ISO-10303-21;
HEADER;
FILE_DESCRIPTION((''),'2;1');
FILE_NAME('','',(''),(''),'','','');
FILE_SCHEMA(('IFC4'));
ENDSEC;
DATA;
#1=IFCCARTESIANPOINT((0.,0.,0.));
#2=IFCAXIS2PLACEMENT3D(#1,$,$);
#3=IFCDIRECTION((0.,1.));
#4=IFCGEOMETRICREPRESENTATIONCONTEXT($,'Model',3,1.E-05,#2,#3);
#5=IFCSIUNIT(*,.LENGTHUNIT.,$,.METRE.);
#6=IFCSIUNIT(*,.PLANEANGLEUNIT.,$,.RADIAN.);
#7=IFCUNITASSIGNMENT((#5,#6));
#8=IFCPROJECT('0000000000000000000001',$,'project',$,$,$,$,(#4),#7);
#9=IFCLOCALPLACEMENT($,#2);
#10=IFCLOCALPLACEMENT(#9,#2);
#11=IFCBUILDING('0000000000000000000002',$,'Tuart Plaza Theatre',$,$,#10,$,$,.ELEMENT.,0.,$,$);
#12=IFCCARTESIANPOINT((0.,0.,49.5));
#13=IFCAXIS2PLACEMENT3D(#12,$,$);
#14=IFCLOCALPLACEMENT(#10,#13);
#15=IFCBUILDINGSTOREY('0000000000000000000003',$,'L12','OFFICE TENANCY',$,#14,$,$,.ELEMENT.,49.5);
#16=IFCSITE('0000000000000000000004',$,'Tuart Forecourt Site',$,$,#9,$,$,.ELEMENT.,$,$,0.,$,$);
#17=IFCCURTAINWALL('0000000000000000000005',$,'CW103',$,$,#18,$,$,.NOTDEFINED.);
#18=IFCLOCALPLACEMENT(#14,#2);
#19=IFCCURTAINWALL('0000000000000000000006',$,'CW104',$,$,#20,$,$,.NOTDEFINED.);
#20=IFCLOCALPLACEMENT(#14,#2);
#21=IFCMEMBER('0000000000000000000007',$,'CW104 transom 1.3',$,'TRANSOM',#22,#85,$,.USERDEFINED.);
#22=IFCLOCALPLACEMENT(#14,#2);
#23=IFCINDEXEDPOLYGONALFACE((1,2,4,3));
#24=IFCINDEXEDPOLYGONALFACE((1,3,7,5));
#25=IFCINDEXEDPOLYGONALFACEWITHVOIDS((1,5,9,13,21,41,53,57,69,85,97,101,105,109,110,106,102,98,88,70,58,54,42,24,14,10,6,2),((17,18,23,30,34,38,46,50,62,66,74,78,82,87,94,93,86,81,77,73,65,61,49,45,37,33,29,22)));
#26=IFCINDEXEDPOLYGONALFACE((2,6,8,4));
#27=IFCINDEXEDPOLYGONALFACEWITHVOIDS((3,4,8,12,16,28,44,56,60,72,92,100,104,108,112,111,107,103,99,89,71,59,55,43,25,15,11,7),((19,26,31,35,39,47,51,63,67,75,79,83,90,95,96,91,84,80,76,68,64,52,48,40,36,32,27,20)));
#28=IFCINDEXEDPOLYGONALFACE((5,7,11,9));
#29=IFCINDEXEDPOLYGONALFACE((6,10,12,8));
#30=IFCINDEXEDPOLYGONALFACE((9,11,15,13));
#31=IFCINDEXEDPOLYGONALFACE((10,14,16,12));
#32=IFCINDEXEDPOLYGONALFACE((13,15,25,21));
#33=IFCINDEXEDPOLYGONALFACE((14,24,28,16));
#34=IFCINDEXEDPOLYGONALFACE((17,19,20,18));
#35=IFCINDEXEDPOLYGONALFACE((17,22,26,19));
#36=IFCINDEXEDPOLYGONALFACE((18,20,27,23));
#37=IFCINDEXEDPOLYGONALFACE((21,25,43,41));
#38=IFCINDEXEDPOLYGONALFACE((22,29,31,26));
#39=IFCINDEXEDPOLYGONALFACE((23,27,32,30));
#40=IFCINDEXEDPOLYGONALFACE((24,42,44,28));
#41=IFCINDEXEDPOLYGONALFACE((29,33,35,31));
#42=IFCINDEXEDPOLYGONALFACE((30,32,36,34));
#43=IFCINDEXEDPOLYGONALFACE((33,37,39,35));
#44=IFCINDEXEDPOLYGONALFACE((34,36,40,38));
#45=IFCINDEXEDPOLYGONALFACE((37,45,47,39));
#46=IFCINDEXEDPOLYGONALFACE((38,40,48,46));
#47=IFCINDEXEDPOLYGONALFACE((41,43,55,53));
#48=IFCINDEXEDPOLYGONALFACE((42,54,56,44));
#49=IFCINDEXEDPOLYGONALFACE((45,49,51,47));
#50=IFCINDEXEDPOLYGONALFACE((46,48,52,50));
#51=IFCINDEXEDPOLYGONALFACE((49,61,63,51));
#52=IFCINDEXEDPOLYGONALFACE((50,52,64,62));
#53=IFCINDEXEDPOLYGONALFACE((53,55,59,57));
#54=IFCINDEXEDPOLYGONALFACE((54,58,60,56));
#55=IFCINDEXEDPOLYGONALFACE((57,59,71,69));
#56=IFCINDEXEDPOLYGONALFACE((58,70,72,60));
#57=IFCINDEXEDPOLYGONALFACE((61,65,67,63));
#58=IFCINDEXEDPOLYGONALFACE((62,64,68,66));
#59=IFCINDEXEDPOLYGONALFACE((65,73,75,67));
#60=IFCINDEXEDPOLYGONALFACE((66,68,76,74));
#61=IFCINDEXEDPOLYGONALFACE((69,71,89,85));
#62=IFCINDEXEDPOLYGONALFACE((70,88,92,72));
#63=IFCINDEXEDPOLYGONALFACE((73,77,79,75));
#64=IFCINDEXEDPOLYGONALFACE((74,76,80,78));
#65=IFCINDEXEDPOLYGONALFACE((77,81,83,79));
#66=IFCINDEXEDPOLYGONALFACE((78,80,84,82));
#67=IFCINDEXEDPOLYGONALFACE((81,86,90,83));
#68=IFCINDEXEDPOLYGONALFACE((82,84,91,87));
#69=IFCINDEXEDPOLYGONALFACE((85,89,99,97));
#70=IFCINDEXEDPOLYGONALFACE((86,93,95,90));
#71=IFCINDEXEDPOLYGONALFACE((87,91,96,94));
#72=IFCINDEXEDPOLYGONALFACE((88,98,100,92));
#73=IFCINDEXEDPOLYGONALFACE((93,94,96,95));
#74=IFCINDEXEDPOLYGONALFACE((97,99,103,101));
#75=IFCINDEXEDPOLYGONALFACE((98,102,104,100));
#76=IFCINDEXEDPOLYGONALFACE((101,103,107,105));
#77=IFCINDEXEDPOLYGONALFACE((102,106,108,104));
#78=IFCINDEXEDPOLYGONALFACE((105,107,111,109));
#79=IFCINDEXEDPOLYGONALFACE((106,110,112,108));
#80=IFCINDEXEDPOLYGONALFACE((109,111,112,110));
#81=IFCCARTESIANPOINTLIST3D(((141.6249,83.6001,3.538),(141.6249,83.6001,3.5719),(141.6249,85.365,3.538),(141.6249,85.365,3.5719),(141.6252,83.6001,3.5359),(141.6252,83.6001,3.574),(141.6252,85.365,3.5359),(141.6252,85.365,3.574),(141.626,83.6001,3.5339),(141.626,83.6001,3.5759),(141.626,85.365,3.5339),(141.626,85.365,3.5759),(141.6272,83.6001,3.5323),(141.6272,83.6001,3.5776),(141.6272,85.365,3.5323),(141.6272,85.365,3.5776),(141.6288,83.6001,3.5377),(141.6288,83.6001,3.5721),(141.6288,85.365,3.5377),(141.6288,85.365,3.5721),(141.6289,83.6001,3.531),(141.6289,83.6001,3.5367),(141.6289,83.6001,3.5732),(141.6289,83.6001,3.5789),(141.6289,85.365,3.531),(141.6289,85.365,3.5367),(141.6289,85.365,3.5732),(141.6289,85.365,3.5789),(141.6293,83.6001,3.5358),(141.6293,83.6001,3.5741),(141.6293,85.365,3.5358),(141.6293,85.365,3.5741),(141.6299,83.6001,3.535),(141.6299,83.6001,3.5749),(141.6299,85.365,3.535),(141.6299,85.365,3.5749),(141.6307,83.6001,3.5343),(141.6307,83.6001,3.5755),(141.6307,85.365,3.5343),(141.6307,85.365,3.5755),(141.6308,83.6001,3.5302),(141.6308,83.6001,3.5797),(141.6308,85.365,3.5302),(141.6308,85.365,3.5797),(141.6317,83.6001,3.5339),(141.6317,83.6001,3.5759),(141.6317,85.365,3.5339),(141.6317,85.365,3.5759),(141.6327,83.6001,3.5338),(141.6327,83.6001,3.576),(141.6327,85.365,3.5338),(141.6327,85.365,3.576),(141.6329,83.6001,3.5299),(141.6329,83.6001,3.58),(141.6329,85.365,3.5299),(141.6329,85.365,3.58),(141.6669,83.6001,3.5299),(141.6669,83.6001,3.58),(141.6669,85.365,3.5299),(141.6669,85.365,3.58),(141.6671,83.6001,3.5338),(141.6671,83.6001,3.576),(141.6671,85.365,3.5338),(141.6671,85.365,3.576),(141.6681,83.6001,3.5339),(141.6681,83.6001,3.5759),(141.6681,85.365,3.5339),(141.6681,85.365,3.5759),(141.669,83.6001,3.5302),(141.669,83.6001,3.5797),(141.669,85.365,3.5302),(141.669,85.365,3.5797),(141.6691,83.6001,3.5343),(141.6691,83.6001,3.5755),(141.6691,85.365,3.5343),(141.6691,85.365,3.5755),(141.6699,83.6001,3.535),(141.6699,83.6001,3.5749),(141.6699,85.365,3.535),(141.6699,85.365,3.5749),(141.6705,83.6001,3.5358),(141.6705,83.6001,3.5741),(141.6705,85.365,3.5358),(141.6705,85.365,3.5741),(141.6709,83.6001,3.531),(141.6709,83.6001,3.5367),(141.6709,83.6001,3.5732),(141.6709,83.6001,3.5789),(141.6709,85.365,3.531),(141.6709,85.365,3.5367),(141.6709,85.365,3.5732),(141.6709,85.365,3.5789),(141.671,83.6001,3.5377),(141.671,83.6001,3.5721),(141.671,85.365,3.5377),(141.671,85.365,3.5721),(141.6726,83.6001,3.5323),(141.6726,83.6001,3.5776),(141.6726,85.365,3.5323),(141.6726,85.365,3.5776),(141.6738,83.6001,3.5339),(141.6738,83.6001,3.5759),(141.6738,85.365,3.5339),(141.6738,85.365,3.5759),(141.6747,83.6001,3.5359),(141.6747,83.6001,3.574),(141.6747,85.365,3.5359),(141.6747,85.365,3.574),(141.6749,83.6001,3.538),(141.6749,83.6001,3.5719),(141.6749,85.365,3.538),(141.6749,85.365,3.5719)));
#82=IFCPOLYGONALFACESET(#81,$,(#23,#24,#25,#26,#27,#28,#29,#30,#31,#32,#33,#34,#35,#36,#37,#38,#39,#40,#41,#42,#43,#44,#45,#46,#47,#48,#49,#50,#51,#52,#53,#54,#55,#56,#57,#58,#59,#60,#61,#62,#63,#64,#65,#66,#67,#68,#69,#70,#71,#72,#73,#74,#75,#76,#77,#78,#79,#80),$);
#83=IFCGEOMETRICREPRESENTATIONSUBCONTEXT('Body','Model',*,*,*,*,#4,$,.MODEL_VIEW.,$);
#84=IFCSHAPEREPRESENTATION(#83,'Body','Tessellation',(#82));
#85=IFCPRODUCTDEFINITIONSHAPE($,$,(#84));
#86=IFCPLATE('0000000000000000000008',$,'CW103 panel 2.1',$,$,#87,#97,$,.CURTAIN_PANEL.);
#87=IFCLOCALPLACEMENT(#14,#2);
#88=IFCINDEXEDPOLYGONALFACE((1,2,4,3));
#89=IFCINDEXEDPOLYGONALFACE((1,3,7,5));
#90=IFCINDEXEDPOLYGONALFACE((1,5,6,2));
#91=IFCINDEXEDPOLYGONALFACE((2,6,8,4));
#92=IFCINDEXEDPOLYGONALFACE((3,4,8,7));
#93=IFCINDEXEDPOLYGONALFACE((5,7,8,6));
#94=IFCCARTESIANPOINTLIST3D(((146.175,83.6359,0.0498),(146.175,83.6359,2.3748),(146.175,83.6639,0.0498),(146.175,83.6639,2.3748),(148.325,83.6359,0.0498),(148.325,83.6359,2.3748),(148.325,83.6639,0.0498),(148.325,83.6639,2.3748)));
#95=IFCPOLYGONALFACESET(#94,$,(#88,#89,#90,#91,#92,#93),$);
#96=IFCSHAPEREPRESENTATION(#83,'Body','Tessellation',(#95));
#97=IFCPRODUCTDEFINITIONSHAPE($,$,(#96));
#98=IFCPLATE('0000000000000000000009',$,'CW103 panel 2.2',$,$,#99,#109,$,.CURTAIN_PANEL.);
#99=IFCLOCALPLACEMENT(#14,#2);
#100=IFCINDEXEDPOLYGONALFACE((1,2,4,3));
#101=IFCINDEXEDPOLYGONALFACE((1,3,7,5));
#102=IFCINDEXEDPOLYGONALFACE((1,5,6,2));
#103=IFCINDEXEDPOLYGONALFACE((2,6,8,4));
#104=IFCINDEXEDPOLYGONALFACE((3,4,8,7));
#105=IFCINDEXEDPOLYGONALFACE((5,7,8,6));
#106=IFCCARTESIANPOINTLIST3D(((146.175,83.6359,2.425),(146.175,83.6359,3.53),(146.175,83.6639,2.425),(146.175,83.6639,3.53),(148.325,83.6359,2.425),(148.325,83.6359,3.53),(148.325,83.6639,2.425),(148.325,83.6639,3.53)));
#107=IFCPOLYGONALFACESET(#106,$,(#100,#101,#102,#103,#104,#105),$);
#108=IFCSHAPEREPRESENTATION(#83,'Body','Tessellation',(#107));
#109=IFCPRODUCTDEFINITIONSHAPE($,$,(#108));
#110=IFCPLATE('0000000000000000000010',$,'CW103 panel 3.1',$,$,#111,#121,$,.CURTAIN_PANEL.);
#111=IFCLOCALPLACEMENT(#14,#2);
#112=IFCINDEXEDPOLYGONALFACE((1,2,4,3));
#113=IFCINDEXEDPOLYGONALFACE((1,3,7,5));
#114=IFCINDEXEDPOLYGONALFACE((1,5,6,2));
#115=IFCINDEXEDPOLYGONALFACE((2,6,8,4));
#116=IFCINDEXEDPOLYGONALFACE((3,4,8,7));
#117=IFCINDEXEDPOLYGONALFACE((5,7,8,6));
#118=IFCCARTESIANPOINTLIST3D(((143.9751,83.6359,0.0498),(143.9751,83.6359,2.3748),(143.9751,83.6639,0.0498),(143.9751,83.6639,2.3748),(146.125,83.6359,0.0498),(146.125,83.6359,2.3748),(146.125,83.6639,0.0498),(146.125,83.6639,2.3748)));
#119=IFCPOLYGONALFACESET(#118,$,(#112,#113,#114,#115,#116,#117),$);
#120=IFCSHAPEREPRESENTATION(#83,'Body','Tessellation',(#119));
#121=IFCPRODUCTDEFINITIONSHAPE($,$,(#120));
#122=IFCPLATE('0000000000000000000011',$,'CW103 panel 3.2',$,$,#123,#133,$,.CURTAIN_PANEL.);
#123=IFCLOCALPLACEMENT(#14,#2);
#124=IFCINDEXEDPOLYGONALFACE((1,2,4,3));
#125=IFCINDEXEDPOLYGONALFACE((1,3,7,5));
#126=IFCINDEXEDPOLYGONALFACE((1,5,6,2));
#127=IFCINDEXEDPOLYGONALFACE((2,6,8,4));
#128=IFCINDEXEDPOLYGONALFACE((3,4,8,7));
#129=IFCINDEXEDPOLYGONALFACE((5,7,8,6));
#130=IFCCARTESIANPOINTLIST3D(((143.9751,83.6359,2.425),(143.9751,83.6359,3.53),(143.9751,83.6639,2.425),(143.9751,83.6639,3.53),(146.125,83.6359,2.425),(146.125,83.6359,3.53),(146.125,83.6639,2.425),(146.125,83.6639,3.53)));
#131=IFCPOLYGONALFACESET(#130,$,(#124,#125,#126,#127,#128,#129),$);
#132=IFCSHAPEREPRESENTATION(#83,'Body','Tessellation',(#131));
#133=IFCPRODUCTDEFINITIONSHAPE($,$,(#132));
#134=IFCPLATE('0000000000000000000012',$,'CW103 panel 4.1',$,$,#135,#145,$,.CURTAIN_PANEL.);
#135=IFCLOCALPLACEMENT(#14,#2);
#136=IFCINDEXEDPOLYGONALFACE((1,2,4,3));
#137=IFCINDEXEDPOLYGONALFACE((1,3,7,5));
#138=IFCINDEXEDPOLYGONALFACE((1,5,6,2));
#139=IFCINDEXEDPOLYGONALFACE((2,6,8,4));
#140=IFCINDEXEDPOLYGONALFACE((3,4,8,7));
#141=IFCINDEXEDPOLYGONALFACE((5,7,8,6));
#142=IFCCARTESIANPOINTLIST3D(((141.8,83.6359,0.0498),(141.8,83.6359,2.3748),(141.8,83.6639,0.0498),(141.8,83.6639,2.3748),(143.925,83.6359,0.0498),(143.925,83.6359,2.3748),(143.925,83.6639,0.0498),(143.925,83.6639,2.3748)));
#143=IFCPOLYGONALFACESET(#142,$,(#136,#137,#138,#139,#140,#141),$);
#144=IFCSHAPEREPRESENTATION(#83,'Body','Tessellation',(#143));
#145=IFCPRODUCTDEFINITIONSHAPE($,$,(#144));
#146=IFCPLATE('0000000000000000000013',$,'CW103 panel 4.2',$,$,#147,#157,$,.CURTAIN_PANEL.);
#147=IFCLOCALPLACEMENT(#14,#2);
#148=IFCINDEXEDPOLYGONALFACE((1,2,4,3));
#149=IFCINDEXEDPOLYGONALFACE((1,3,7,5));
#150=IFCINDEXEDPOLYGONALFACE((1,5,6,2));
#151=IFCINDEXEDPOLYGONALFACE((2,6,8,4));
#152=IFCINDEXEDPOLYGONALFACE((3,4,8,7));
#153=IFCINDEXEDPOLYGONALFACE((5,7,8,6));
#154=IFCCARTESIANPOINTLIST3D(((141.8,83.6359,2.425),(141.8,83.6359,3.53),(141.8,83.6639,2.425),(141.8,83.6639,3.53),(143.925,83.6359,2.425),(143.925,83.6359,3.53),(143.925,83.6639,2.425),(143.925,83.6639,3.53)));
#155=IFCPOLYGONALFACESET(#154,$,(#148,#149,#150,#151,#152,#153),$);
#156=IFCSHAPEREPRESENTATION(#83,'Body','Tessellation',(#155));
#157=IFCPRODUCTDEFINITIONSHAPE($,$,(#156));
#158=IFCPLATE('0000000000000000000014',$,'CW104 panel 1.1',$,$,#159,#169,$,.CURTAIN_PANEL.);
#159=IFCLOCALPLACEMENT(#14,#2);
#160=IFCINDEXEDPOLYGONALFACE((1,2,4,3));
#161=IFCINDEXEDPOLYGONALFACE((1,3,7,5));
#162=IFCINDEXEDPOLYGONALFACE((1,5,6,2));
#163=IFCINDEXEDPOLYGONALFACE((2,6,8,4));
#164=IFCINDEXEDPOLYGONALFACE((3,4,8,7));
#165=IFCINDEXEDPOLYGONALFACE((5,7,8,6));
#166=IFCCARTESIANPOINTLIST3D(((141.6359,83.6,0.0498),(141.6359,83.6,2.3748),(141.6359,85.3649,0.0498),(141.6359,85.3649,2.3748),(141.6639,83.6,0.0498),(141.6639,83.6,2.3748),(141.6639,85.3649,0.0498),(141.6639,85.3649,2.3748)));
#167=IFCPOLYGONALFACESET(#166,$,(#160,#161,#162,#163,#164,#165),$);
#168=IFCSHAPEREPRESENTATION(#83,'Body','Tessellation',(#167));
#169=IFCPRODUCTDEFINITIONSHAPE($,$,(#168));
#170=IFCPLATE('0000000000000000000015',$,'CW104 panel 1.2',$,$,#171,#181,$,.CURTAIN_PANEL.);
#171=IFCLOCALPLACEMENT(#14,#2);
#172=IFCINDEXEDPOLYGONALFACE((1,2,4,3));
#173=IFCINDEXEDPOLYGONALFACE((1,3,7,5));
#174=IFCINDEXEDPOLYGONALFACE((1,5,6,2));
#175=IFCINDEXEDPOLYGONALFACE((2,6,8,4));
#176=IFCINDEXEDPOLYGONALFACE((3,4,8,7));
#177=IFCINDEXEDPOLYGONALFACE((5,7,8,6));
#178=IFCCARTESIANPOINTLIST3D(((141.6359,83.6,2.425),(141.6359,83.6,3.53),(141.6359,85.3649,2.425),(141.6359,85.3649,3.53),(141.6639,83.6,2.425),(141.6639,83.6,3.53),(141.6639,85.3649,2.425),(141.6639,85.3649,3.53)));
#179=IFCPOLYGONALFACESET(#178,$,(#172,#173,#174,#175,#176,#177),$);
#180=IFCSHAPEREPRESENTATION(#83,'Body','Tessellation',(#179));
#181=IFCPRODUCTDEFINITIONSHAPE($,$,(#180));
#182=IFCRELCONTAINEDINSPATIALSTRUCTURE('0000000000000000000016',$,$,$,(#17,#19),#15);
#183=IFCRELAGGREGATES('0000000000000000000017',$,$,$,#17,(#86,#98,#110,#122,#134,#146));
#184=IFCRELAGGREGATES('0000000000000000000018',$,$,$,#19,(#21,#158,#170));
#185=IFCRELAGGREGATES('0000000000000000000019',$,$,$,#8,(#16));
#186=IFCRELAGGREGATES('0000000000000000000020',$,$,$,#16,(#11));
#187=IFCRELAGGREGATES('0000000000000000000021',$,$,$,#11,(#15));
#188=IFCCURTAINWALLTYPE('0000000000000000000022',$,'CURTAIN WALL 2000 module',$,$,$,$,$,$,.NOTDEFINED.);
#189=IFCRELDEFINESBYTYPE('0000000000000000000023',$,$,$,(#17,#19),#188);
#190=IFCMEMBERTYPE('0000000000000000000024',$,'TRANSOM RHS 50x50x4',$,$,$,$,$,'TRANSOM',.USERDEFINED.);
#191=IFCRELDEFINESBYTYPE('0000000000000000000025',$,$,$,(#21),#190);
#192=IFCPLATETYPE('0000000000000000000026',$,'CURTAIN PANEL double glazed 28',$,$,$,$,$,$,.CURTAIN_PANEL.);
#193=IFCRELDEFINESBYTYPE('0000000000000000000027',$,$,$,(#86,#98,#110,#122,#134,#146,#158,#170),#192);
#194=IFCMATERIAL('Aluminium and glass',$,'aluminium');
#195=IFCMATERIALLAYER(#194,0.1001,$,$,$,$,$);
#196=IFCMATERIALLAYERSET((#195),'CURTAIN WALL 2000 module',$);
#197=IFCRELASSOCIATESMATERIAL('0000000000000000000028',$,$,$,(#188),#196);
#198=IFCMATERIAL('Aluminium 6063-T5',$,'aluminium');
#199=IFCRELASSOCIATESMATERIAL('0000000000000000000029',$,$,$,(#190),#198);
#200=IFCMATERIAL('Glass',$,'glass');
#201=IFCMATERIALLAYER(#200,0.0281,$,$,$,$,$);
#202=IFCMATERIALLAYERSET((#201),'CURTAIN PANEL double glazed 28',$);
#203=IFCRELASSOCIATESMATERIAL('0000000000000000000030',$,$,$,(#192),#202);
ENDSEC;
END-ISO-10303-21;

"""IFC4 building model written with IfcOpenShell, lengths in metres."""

from ifc_helpers import new_model, si_unit, direction, frame, origin, origin_2d, place, context, subcontext, project, spatial, rectangle, hollow_rectangle, extrude, material, layer, layer_set, material_profile, profile_set, type_object, element, aggregate, save


model = new_model("IFC4")

# Units and contexts
model_context = context("Model", 3, precision=1e-05, world=origin(), true_north=direction((0.0, 1.0)))
body_context = subcontext(model_context, "Body", "Model", "MODEL_VIEW")
ifc_project = project(units=[si_unit("LENGTHUNIT", "METRE"), si_unit("PLANEANGLEUNIT", "RADIAN")], contexts=[model_context])

# Site, building, storey
site_placement = place(None, origin())
site = spatial("IfcSite", under=ifc_project, at=site_placement, Name="Tuart Forecourt Site", CompositionType="ELEMENT", RefElevation=0.0)
building_placement = place(site_placement, origin())
building = spatial("IfcBuilding", under=site, at=building_placement, Name="Tuart Plaza Theatre", CompositionType="ELEMENT", ElevationOfRefHeight=0.0)
storey_placement = place(building_placement, frame((0.0, 0.0, 49.5)))
storey = spatial("IfcBuildingStorey", under=building, at=storey_placement, Name="L12", Description="OFFICE TENANCY", CompositionType="ELEMENT", Elevation=49.5)

# Curtain walls, member
ifc_material_1 = material(Name="Aluminium and glass", Category="aluminium")
ifc_layer_1 = layer(ifc_material_1, 0.1001)
ifc_layer_set_1 = layer_set([ifc_layer_1], Name="CURTAIN WALL 2000 module")
curtain_wall_type = type_object("IfcCurtainWallType", Name="CURTAIN WALL 2000 module", PredefinedType="NOTDEFINED", material=ifc_layer_set_1)
curtain_wall_1_placement = place(storey_placement, origin())
curtain_wall_1 = element("IfcCurtainWall", 1, at=curtain_wall_1_placement, inside=storey, type_object=curtain_wall_type, Name="CW103", PredefinedType="NOTDEFINED")
ifc_material_2 = material(Name="Aluminium 6063-T5", Category="aluminium")
ifc_material_profile_1 = material_profile(ifc_material_2, hollow_rectangle(XDim=0.05, YDim=0.05, WallThickness=0.0039, InnerFilletRadius=0.0039, OuterFilletRadius=0.0081, at=origin_2d()), Name="RHS 50x50x4")
ifc_profile_set_1 = profile_set([ifc_material_profile_1], Name="Aluminium 6063-T5")
member_type_1 = type_object("IfcMemberType", Name="TRANSOM RHS 50x50x4", ElementType="TRANSOM", PredefinedType="USERDEFINED", material=ifc_profile_set_1)
curtain_wall_2_placement = place(storey_placement, origin())
curtain_wall_2 = element("IfcCurtainWall", 2, at=curtain_wall_2_placement, inside=storey, type_object=curtain_wall_type, Name="CW104", PredefinedType="NOTDEFINED")
member_1_placement = place(storey_placement, frame((141.6499, 83.6001, 3.5549), z_axis=(0.0, 1.0, 0.0), x_axis=(-1.0, 0.0, 0.0)))
member_1 = element("IfcMember", 3, at=member_1_placement, type_object=member_type_1, Name="CW104 transom 1.3", ObjectType="TRANSOM", PredefinedType="USERDEFINED", context=body_context, shape_type="SweptSolid", body=[
    extrude(hollow_rectangle(XDim=0.05, YDim=0.05, WallThickness=0.0039, InnerFilletRadius=0.0039, OuterFilletRadius=0.0081, at=origin_2d()), origin(), (0.0, 0.0, 1.0), 1.7649),
])

# Plates
ifc_material_3 = material(Name="Glass", Category="glass")
ifc_layer_2 = layer(ifc_material_3, 0.0281)
ifc_layer_set_2 = layer_set([ifc_layer_2], Name="CURTAIN PANEL double glazed 28")
plate_type = type_object("IfcPlateType", Name="CURTAIN PANEL double glazed 28", PredefinedType="CURTAIN_PANEL", material=ifc_layer_set_2)
plate_1_placement = place(storey_placement, frame((147.25, 83.6499, 0.0498), z_axis=(0.0, 0.0, 1.0), x_axis=(-1.0, 0.0, 0.0)))
plate_1 = element("IfcPlate", 4, at=plate_1_placement, type_object=plate_type, Name="CW103 panel 2.1", PredefinedType="CURTAIN_PANEL", context=body_context, shape_type="SweptSolid", body=[
    extrude(rectangle(XDim=2.1499, YDim=0.0281, at=origin_2d()), origin(), (0.0, 0.0, 1.0), 2.325),
])
plate_2_placement = place(storey_placement, frame((147.25, 83.6499, 2.425), z_axis=(0.0, 0.0, 1.0), x_axis=(-1.0, 0.0, 0.0)))
plate_2 = element("IfcPlate", 5, at=plate_2_placement, type_object=plate_type, Name="CW103 panel 2.2", PredefinedType="CURTAIN_PANEL", context=body_context, shape_type="SweptSolid", body=[
    extrude(rectangle(XDim=2.1499, YDim=0.0281, at=origin_2d()), origin(), (0.0, 0.0, 1.0), 1.105),
])
plate_3_placement = place(storey_placement, frame((145.05, 83.6499, 0.0498), z_axis=(0.0, 0.0, 1.0), x_axis=(-1.0, 0.0, 0.0)))
plate_3 = element("IfcPlate", 6, at=plate_3_placement, type_object=plate_type, Name="CW103 panel 3.1", PredefinedType="CURTAIN_PANEL", context=body_context, shape_type="SweptSolid", body=[
    extrude(rectangle(XDim=2.1499, YDim=0.0281, at=origin_2d()), origin(), (0.0, 0.0, 1.0), 2.325),
])
plate_4_placement = place(storey_placement, frame((145.05, 83.6499, 2.425), z_axis=(0.0, 0.0, 1.0), x_axis=(-1.0, 0.0, 0.0)))
plate_4 = element("IfcPlate", 7, at=plate_4_placement, type_object=plate_type, Name="CW103 panel 3.2", PredefinedType="CURTAIN_PANEL", context=body_context, shape_type="SweptSolid", body=[
    extrude(rectangle(XDim=2.1499, YDim=0.0281, at=origin_2d()), origin(), (0.0, 0.0, 1.0), 1.105),
])
plate_5_placement = place(storey_placement, frame((142.8625, 83.6499, 0.0498), z_axis=(0.0, 0.0, 1.0), x_axis=(-1.0, 0.0, 0.0)))
plate_5 = element("IfcPlate", 8, at=plate_5_placement, type_object=plate_type, Name="CW103 panel 4.1", PredefinedType="CURTAIN_PANEL", context=body_context, shape_type="SweptSolid", body=[
    extrude(rectangle(XDim=2.125, YDim=0.0281, at=origin_2d()), origin(), (0.0, 0.0, 1.0), 2.325),
])
plate_6_placement = place(storey_placement, frame((142.8625, 83.6499, 2.425), z_axis=(0.0, 0.0, 1.0), x_axis=(-1.0, 0.0, 0.0)))
plate_6 = element("IfcPlate", 9, at=plate_6_placement, type_object=plate_type, Name="CW103 panel 4.2", PredefinedType="CURTAIN_PANEL", context=body_context, shape_type="SweptSolid", body=[
    extrude(rectangle(XDim=2.125, YDim=0.0281, at=origin_2d()), origin(), (0.0, 0.0, 1.0), 1.105),
])
aggregate(curtain_wall_1, [plate_1, plate_2, plate_3, plate_4, plate_5, plate_6])
plate_7_placement = place(storey_placement, frame((141.6499, 84.4824, 0.0498), z_axis=(0.0, 0.0, 1.0), x_axis=(0.0, 1.0, 0.0)))
plate_7 = element("IfcPlate", 10, at=plate_7_placement, type_object=plate_type, Name="CW104 panel 1.1", PredefinedType="CURTAIN_PANEL", context=body_context, shape_type="SweptSolid", body=[
    extrude(rectangle(XDim=1.7649, YDim=0.0281, at=origin_2d()), origin(), (0.0, 0.0, 1.0), 2.325),
])
plate_8_placement = place(storey_placement, frame((141.6499, 84.4824, 2.425), z_axis=(0.0, 0.0, 1.0), x_axis=(0.0, 1.0, 0.0)))
plate_8 = element("IfcPlate", 11, at=plate_8_placement, type_object=plate_type, Name="CW104 panel 1.2", PredefinedType="CURTAIN_PANEL", context=body_context, shape_type="SweptSolid", body=[
    extrude(rectangle(XDim=1.7649, YDim=0.0281, at=origin_2d()), origin(), (0.0, 0.0, 1.0), 1.105),
])
aggregate(curtain_wall_2, [member_1, plate_7, plate_8])

save(model, "model.ifc")
